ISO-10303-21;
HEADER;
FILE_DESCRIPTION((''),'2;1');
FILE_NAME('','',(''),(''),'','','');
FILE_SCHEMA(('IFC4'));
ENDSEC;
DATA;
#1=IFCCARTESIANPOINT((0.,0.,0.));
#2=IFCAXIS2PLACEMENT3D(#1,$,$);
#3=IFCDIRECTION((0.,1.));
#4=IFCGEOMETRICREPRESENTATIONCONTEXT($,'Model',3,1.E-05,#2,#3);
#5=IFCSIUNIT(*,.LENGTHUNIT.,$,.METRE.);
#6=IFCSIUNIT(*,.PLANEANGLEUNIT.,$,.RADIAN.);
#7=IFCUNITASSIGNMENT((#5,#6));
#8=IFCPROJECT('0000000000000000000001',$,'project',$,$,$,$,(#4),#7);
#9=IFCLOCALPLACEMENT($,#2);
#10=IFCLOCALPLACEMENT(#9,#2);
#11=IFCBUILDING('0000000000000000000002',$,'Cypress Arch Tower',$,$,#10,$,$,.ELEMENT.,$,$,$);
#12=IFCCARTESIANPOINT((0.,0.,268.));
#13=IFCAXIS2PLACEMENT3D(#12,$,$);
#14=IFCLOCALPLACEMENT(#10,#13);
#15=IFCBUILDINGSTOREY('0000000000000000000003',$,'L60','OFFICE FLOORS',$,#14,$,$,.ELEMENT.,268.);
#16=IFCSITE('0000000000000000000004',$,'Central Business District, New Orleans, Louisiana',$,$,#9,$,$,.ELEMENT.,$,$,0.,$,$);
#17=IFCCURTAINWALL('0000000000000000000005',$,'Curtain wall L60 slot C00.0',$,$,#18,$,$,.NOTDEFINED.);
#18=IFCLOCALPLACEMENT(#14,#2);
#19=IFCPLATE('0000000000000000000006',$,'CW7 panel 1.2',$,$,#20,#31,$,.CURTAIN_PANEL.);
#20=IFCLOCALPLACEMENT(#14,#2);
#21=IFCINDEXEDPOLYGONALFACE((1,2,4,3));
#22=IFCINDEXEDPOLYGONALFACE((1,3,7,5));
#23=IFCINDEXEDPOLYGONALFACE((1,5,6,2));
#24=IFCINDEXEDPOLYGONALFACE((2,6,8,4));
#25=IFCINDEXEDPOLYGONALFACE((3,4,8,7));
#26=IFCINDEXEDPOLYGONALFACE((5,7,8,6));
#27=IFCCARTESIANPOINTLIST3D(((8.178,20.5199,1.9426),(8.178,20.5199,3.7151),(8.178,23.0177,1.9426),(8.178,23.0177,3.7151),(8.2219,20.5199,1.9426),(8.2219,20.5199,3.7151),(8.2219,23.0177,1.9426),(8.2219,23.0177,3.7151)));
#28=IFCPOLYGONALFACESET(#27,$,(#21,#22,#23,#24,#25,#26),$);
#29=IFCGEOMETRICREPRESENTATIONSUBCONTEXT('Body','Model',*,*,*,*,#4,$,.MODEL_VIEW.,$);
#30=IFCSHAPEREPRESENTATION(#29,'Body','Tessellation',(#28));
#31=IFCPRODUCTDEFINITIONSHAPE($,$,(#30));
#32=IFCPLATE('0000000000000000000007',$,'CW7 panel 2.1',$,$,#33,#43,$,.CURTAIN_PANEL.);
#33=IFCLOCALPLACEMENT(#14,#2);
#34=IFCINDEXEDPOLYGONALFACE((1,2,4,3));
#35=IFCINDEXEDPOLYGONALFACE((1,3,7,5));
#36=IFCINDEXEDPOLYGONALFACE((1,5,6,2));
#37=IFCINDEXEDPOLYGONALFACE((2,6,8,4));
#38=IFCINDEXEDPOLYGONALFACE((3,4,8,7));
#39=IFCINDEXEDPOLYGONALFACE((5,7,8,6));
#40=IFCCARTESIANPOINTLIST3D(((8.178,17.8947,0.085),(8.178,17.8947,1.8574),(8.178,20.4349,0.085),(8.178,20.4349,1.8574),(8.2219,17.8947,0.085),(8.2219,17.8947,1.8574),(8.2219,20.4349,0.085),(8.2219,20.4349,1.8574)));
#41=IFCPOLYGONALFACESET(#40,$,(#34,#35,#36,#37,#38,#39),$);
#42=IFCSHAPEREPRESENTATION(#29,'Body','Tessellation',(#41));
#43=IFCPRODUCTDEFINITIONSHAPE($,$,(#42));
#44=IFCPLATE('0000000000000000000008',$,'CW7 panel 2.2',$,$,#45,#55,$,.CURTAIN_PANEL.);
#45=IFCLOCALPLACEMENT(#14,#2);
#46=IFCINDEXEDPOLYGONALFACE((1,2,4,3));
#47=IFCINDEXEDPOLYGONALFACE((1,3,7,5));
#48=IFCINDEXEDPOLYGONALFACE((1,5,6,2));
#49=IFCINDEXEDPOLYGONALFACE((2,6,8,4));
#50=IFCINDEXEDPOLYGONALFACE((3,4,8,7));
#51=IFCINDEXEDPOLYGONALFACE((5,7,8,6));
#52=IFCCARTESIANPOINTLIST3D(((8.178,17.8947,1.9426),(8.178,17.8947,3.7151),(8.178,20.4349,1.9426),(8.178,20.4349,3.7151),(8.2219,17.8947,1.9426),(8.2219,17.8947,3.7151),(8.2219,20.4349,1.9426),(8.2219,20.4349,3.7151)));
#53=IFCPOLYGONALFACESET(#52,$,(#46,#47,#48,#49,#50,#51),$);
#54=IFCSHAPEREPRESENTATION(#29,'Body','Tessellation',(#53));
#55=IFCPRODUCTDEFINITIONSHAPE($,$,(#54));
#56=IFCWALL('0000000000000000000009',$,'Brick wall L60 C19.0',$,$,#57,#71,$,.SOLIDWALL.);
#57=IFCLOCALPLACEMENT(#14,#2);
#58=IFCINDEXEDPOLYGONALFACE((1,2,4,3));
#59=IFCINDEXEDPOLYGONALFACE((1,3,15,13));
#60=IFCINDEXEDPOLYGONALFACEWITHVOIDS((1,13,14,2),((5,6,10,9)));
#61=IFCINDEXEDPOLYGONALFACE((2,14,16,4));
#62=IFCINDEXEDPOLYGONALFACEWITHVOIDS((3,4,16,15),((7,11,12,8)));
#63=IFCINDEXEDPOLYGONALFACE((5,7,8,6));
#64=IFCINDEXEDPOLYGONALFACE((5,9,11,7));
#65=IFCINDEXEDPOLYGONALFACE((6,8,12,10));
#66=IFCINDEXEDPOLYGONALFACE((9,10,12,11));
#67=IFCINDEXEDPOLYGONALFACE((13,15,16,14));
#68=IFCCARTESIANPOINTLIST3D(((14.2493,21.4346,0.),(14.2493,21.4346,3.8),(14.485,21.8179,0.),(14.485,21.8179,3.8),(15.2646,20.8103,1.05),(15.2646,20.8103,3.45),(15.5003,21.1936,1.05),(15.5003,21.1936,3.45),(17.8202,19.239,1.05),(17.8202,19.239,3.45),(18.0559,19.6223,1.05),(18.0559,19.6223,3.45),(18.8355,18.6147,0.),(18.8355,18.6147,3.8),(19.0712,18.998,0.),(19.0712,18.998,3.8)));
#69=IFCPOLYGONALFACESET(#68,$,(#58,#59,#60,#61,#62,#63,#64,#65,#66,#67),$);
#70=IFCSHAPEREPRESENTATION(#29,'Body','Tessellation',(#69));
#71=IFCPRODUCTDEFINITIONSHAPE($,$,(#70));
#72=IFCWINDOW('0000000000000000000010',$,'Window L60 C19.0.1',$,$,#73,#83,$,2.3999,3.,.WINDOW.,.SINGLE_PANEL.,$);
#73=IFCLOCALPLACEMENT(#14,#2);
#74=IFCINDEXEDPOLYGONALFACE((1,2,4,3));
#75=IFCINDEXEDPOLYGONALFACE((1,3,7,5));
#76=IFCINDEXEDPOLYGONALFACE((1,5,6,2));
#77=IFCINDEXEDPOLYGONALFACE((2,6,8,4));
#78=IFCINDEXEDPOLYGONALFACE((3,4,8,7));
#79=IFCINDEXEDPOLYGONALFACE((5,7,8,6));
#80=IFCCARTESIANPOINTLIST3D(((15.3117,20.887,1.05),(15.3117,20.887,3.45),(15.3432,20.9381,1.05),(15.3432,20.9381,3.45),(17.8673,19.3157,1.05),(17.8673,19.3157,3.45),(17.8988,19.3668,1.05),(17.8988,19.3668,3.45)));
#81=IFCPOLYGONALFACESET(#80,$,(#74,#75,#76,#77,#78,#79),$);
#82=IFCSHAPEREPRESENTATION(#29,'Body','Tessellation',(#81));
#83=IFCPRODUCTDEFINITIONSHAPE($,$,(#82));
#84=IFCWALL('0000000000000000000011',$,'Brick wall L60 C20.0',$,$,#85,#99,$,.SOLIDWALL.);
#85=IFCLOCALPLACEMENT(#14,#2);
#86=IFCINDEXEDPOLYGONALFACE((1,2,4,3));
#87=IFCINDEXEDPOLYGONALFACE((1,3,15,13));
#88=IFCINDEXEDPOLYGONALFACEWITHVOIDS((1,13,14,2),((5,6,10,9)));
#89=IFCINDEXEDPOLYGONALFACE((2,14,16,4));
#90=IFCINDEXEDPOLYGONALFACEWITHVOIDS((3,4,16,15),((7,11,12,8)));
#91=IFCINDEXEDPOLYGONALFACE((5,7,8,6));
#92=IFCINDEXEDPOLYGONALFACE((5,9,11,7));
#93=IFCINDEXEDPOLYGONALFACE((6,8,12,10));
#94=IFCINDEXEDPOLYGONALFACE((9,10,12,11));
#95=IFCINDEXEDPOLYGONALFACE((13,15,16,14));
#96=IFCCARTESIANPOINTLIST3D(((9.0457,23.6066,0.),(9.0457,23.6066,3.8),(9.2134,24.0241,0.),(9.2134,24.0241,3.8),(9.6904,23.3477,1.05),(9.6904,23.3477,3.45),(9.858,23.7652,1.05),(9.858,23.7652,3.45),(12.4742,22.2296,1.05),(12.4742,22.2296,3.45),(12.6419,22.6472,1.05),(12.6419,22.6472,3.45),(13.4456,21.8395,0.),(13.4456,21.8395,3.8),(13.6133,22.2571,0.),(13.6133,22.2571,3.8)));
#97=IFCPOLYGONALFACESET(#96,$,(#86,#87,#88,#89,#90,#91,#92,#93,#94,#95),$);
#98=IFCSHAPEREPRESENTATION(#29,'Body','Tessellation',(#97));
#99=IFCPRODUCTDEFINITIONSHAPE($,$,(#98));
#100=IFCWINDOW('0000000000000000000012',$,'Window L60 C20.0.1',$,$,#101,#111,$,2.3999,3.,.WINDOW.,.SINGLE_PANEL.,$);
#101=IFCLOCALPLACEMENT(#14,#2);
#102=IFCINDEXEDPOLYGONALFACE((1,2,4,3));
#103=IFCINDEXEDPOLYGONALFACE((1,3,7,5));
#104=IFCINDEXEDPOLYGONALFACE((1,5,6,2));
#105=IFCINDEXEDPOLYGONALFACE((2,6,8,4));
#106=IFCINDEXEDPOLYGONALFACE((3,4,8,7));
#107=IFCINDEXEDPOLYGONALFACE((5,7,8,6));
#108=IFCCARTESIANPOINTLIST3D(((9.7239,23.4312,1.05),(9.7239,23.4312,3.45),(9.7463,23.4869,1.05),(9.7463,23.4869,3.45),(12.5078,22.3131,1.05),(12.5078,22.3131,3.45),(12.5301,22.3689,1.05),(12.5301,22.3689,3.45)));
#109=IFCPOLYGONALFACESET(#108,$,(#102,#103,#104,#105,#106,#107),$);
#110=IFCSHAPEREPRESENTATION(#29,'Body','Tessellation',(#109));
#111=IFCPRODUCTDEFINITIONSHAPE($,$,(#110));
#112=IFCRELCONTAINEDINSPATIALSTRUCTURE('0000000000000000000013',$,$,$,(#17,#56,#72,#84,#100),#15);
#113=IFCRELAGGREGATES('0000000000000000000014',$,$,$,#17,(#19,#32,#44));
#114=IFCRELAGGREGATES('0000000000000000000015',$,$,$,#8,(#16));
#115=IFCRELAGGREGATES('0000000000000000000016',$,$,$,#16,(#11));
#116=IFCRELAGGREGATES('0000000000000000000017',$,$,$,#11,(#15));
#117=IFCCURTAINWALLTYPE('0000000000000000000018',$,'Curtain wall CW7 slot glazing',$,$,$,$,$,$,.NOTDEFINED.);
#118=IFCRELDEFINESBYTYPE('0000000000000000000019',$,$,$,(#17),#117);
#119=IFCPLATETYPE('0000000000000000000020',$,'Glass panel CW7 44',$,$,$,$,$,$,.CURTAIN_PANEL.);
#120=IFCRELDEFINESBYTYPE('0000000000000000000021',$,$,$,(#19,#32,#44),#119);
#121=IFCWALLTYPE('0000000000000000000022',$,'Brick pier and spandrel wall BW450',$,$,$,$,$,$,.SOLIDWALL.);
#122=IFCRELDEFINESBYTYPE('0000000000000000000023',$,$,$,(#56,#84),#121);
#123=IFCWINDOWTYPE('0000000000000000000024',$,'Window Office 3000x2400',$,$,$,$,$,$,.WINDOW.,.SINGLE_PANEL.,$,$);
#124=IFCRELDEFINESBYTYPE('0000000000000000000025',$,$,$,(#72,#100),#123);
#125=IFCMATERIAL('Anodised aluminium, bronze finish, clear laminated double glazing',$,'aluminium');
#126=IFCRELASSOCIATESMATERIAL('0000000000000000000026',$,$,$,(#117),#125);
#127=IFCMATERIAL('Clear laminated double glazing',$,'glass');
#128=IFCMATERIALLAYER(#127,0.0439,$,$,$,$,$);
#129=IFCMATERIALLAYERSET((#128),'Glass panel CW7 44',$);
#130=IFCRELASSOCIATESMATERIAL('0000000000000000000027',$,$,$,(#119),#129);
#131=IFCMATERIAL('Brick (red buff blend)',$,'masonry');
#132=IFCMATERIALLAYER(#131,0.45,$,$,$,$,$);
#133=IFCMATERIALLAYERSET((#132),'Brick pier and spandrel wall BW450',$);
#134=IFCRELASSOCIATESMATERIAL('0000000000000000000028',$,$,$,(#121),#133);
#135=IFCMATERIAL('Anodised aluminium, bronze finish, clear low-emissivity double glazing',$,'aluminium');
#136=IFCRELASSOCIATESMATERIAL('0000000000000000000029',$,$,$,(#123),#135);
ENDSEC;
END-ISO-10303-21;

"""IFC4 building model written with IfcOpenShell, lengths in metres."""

from ifc_helpers import new_model, si_unit, direction, frame, frame_2d, origin, origin_2d, place, context, subcontext, project, spatial, rectangle, extrude, material, layer, layer_set, type_object, element, fill, aggregate, save


model = new_model("IFC4")

# Units and contexts
model_context = context("Model", 3, precision=1e-05, world=origin(), true_north=direction((0.0, 1.0)))
body_context = subcontext(model_context, "Body", "Model", "MODEL_VIEW")
ifc_project = project(units=[si_unit("LENGTHUNIT", "METRE"), si_unit("PLANEANGLEUNIT", "RADIAN")], contexts=[model_context])

# Site, building, storey
site_placement = place(None, origin())
site = spatial("IfcSite", under=ifc_project, at=site_placement, Name="Central Business District, New Orleans, Louisiana", CompositionType="ELEMENT", RefElevation=0.0)
building_placement = place(site_placement, origin())
building = spatial("IfcBuilding", under=site, at=building_placement, Name="Cypress Arch Tower", CompositionType="ELEMENT")
storey_placement = place(building_placement, frame((0.0, 0.0, 268.0)))
storey = spatial("IfcBuildingStorey", under=building, at=storey_placement, Name="L60", Description="OFFICE FLOORS", CompositionType="ELEMENT", Elevation=268.0)

# Curtain wall
ifc_material_1 = material(Name="Anodised aluminium, bronze finish, clear laminated double glazing", Category="aluminium")
curtain_wall_type = type_object("IfcCurtainWallType", Name="Curtain wall CW7 slot glazing", PredefinedType="NOTDEFINED", material=ifc_material_1)
curtain_wall_placement = place(storey_placement, origin())
curtain_wall = element("IfcCurtainWall", 1, at=curtain_wall_placement, inside=storey, type_object=curtain_wall_type, Name="Curtain wall L60 slot C00.0", PredefinedType="NOTDEFINED")

# Plates
ifc_material_2 = material(Name="Clear laminated double glazing", Category="glass")
ifc_layer_1 = layer(ifc_material_2, 0.0439)
ifc_layer_set_1 = layer_set([ifc_layer_1], Name="Glass panel CW7 44")
plate_type = type_object("IfcPlateType", Name="Glass panel CW7 44", PredefinedType="CURTAIN_PANEL", material=ifc_layer_set_1)
plate_1_placement = place(storey_placement, frame((8.2, 21.7688, 1.9426), z_axis=(0.0, 0.0, 1.0), x_axis=(0.0, -1.0, 0.0)))
plate_1 = element("IfcPlate", 2, at=plate_1_placement, type_object=plate_type, Name="CW7 panel 1.2", PredefinedType="CURTAIN_PANEL", context=body_context, shape_type="SweptSolid", body=[
    extrude(rectangle(XDim=2.4978, YDim=0.0439, at=origin_2d()), origin(), (0.0, 0.0, 1.0), 1.7725),
])
plate_2_placement = place(storey_placement, frame((8.2, 19.1648, 0.085), z_axis=(0.0, 0.0, 1.0), x_axis=(0.0, -1.0, 0.0)))
plate_2 = element("IfcPlate", 3, at=plate_2_placement, type_object=plate_type, Name="CW7 panel 2.1", PredefinedType="CURTAIN_PANEL", context=body_context, shape_type="SweptSolid", body=[
    extrude(rectangle(XDim=2.5403, YDim=0.0439, at=origin_2d()), origin(), (0.0, 0.0, 1.0), 1.7725),
])
plate_3_placement = place(storey_placement, frame((8.2, 19.1648, 1.9426), z_axis=(0.0, 0.0, 1.0), x_axis=(0.0, -1.0, 0.0)))
plate_3 = element("IfcPlate", 4, at=plate_3_placement, type_object=plate_type, Name="CW7 panel 2.2", PredefinedType="CURTAIN_PANEL", context=body_context, shape_type="SweptSolid", body=[
    extrude(rectangle(XDim=2.5403, YDim=0.0439, at=origin_2d()), origin(), (0.0, 0.0, 1.0), 1.7725),
])
aggregate(curtain_wall, [plate_1, plate_2, plate_3])

# Walls, openings, windows
ifc_material_3 = material(Name="Brick (red buff blend)", Category="masonry")
ifc_layer_2 = layer(ifc_material_3, 0.45)
ifc_layer_set_2 = layer_set([ifc_layer_2], Name="Brick pier and spandrel wall BW450")
wall_type = type_object("IfcWallType", Name="Brick pier and spandrel wall BW450", PredefinedType="SOLIDWALL", material=ifc_layer_set_2)
wall_1_placement = place(storey_placement, frame((18.9534, 18.8064, 0.0), z_axis=(0.0, 0.0, 1.0), x_axis=(-0.851861, 0.523768, 0.0)))
wall_1 = element("IfcWall", 5, at=wall_1_placement, inside=storey, type_object=wall_type, Name="Brick wall L60 C19.0", PredefinedType="SOLIDWALL", context=body_context, shape_type="SweptSolid", body=[
    extrude(rectangle(XDim=5.3838, YDim=0.45, at=frame_2d((2.6919, 0.0))), origin(), (0.0, 0.0, 1.0), 3.8),
])
opening_1_placement = place(wall_1_placement, frame((1.1919, 0.0, 1.05)))
opening_1 = element("IfcOpeningElement", 6, at=opening_1_placement, cuts=wall_1, PredefinedType="OPENING", context=body_context, shape_type="SweptSolid", body=[
    extrude(rectangle(XDim=3.0, YDim=2.3999, at=frame_2d((1.5, 1.2))), frame((0.0, 0.2349, 0.0), z_axis=(0.0, -1.0, 0.0), x_axis=(1.0, 0.0, 0.0)), (0.0, 0.0, 1.0), 0.47),
])
ifc_material_4 = material(Name="Anodised aluminium, bronze finish, clear low-emissivity double glazing", Category="aluminium")
window_type = type_object("IfcWindowType", Name="Window Office 3000x2400", PartitioningType="SINGLE_PANEL", PredefinedType="WINDOW", material=ifc_material_4)
window_1_placement = place(opening_1_placement, origin())
window_1 = element("IfcWindow", 7, at=window_1_placement, inside=storey, type_object=window_type, Name="Window L60 C19.0.1", OverallHeight=2.3999, OverallWidth=3.0, PartitioningType="SINGLE_PANEL", PredefinedType="WINDOW", context=body_context, shape_type="SweptSolid", body=[
    extrude(rectangle(XDim=3.0, YDim=2.3999, at=frame_2d((1.5, 1.2))), frame((0.0, 0.135, 0.0), z_axis=(0.0, -1.0, 0.0), x_axis=(1.0, 0.0, 0.0)), (0.0, 0.0, 1.0), 0.0601),
])
fill(opening_1, window_1)
wall_2_placement = place(storey_placement, frame((13.5293, 22.0483, 0.0), z_axis=(0.0, 0.0, 1.0), x_axis=(-0.927957, 0.372686, 0.0)))
wall_2 = element("IfcWall", 8, at=wall_2_placement, inside=storey, type_object=wall_type, Name="Brick wall L60 C20.0", PredefinedType="SOLIDWALL", context=body_context, shape_type="SweptSolid", body=[
    extrude(rectangle(XDim=4.7415, YDim=0.45, at=frame_2d((2.3706, 0.0))), origin(), (0.0, 0.0, 1.0), 3.8),
])
opening_2_placement = place(wall_2_placement, frame((1.0466, 0.0, 1.05)))
opening_2 = element("IfcOpeningElement", 9, at=opening_2_placement, cuts=wall_2, PredefinedType="OPENING", context=body_context, shape_type="SweptSolid", body=[
    extrude(rectangle(XDim=3.0, YDim=2.3999, at=frame_2d((1.5, 1.2))), frame((0.0, 0.2349, 0.0), z_axis=(0.0, -1.0, 0.0), x_axis=(1.0, 0.0, 0.0)), (0.0, 0.0, 1.0), 0.47),
])
window_2_placement = place(opening_2_placement, origin())
window_2 = element("IfcWindow", 10, at=window_2_placement, inside=storey, type_object=window_type, Name="Window L60 C20.0.1", OverallHeight=2.3999, OverallWidth=3.0, PartitioningType="SINGLE_PANEL", PredefinedType="WINDOW", context=body_context, shape_type="SweptSolid", body=[
    extrude(rectangle(XDim=3.0, YDim=2.3999, at=frame_2d((1.5, 1.2))), frame((0.0, 0.135, 0.0), z_axis=(0.0, -1.0, 0.0), x_axis=(1.0, 0.0, 0.0)), (0.0, 0.0, 1.0), 0.0601),
])
fill(opening_2, window_2)

save(model, "model.ifc")
